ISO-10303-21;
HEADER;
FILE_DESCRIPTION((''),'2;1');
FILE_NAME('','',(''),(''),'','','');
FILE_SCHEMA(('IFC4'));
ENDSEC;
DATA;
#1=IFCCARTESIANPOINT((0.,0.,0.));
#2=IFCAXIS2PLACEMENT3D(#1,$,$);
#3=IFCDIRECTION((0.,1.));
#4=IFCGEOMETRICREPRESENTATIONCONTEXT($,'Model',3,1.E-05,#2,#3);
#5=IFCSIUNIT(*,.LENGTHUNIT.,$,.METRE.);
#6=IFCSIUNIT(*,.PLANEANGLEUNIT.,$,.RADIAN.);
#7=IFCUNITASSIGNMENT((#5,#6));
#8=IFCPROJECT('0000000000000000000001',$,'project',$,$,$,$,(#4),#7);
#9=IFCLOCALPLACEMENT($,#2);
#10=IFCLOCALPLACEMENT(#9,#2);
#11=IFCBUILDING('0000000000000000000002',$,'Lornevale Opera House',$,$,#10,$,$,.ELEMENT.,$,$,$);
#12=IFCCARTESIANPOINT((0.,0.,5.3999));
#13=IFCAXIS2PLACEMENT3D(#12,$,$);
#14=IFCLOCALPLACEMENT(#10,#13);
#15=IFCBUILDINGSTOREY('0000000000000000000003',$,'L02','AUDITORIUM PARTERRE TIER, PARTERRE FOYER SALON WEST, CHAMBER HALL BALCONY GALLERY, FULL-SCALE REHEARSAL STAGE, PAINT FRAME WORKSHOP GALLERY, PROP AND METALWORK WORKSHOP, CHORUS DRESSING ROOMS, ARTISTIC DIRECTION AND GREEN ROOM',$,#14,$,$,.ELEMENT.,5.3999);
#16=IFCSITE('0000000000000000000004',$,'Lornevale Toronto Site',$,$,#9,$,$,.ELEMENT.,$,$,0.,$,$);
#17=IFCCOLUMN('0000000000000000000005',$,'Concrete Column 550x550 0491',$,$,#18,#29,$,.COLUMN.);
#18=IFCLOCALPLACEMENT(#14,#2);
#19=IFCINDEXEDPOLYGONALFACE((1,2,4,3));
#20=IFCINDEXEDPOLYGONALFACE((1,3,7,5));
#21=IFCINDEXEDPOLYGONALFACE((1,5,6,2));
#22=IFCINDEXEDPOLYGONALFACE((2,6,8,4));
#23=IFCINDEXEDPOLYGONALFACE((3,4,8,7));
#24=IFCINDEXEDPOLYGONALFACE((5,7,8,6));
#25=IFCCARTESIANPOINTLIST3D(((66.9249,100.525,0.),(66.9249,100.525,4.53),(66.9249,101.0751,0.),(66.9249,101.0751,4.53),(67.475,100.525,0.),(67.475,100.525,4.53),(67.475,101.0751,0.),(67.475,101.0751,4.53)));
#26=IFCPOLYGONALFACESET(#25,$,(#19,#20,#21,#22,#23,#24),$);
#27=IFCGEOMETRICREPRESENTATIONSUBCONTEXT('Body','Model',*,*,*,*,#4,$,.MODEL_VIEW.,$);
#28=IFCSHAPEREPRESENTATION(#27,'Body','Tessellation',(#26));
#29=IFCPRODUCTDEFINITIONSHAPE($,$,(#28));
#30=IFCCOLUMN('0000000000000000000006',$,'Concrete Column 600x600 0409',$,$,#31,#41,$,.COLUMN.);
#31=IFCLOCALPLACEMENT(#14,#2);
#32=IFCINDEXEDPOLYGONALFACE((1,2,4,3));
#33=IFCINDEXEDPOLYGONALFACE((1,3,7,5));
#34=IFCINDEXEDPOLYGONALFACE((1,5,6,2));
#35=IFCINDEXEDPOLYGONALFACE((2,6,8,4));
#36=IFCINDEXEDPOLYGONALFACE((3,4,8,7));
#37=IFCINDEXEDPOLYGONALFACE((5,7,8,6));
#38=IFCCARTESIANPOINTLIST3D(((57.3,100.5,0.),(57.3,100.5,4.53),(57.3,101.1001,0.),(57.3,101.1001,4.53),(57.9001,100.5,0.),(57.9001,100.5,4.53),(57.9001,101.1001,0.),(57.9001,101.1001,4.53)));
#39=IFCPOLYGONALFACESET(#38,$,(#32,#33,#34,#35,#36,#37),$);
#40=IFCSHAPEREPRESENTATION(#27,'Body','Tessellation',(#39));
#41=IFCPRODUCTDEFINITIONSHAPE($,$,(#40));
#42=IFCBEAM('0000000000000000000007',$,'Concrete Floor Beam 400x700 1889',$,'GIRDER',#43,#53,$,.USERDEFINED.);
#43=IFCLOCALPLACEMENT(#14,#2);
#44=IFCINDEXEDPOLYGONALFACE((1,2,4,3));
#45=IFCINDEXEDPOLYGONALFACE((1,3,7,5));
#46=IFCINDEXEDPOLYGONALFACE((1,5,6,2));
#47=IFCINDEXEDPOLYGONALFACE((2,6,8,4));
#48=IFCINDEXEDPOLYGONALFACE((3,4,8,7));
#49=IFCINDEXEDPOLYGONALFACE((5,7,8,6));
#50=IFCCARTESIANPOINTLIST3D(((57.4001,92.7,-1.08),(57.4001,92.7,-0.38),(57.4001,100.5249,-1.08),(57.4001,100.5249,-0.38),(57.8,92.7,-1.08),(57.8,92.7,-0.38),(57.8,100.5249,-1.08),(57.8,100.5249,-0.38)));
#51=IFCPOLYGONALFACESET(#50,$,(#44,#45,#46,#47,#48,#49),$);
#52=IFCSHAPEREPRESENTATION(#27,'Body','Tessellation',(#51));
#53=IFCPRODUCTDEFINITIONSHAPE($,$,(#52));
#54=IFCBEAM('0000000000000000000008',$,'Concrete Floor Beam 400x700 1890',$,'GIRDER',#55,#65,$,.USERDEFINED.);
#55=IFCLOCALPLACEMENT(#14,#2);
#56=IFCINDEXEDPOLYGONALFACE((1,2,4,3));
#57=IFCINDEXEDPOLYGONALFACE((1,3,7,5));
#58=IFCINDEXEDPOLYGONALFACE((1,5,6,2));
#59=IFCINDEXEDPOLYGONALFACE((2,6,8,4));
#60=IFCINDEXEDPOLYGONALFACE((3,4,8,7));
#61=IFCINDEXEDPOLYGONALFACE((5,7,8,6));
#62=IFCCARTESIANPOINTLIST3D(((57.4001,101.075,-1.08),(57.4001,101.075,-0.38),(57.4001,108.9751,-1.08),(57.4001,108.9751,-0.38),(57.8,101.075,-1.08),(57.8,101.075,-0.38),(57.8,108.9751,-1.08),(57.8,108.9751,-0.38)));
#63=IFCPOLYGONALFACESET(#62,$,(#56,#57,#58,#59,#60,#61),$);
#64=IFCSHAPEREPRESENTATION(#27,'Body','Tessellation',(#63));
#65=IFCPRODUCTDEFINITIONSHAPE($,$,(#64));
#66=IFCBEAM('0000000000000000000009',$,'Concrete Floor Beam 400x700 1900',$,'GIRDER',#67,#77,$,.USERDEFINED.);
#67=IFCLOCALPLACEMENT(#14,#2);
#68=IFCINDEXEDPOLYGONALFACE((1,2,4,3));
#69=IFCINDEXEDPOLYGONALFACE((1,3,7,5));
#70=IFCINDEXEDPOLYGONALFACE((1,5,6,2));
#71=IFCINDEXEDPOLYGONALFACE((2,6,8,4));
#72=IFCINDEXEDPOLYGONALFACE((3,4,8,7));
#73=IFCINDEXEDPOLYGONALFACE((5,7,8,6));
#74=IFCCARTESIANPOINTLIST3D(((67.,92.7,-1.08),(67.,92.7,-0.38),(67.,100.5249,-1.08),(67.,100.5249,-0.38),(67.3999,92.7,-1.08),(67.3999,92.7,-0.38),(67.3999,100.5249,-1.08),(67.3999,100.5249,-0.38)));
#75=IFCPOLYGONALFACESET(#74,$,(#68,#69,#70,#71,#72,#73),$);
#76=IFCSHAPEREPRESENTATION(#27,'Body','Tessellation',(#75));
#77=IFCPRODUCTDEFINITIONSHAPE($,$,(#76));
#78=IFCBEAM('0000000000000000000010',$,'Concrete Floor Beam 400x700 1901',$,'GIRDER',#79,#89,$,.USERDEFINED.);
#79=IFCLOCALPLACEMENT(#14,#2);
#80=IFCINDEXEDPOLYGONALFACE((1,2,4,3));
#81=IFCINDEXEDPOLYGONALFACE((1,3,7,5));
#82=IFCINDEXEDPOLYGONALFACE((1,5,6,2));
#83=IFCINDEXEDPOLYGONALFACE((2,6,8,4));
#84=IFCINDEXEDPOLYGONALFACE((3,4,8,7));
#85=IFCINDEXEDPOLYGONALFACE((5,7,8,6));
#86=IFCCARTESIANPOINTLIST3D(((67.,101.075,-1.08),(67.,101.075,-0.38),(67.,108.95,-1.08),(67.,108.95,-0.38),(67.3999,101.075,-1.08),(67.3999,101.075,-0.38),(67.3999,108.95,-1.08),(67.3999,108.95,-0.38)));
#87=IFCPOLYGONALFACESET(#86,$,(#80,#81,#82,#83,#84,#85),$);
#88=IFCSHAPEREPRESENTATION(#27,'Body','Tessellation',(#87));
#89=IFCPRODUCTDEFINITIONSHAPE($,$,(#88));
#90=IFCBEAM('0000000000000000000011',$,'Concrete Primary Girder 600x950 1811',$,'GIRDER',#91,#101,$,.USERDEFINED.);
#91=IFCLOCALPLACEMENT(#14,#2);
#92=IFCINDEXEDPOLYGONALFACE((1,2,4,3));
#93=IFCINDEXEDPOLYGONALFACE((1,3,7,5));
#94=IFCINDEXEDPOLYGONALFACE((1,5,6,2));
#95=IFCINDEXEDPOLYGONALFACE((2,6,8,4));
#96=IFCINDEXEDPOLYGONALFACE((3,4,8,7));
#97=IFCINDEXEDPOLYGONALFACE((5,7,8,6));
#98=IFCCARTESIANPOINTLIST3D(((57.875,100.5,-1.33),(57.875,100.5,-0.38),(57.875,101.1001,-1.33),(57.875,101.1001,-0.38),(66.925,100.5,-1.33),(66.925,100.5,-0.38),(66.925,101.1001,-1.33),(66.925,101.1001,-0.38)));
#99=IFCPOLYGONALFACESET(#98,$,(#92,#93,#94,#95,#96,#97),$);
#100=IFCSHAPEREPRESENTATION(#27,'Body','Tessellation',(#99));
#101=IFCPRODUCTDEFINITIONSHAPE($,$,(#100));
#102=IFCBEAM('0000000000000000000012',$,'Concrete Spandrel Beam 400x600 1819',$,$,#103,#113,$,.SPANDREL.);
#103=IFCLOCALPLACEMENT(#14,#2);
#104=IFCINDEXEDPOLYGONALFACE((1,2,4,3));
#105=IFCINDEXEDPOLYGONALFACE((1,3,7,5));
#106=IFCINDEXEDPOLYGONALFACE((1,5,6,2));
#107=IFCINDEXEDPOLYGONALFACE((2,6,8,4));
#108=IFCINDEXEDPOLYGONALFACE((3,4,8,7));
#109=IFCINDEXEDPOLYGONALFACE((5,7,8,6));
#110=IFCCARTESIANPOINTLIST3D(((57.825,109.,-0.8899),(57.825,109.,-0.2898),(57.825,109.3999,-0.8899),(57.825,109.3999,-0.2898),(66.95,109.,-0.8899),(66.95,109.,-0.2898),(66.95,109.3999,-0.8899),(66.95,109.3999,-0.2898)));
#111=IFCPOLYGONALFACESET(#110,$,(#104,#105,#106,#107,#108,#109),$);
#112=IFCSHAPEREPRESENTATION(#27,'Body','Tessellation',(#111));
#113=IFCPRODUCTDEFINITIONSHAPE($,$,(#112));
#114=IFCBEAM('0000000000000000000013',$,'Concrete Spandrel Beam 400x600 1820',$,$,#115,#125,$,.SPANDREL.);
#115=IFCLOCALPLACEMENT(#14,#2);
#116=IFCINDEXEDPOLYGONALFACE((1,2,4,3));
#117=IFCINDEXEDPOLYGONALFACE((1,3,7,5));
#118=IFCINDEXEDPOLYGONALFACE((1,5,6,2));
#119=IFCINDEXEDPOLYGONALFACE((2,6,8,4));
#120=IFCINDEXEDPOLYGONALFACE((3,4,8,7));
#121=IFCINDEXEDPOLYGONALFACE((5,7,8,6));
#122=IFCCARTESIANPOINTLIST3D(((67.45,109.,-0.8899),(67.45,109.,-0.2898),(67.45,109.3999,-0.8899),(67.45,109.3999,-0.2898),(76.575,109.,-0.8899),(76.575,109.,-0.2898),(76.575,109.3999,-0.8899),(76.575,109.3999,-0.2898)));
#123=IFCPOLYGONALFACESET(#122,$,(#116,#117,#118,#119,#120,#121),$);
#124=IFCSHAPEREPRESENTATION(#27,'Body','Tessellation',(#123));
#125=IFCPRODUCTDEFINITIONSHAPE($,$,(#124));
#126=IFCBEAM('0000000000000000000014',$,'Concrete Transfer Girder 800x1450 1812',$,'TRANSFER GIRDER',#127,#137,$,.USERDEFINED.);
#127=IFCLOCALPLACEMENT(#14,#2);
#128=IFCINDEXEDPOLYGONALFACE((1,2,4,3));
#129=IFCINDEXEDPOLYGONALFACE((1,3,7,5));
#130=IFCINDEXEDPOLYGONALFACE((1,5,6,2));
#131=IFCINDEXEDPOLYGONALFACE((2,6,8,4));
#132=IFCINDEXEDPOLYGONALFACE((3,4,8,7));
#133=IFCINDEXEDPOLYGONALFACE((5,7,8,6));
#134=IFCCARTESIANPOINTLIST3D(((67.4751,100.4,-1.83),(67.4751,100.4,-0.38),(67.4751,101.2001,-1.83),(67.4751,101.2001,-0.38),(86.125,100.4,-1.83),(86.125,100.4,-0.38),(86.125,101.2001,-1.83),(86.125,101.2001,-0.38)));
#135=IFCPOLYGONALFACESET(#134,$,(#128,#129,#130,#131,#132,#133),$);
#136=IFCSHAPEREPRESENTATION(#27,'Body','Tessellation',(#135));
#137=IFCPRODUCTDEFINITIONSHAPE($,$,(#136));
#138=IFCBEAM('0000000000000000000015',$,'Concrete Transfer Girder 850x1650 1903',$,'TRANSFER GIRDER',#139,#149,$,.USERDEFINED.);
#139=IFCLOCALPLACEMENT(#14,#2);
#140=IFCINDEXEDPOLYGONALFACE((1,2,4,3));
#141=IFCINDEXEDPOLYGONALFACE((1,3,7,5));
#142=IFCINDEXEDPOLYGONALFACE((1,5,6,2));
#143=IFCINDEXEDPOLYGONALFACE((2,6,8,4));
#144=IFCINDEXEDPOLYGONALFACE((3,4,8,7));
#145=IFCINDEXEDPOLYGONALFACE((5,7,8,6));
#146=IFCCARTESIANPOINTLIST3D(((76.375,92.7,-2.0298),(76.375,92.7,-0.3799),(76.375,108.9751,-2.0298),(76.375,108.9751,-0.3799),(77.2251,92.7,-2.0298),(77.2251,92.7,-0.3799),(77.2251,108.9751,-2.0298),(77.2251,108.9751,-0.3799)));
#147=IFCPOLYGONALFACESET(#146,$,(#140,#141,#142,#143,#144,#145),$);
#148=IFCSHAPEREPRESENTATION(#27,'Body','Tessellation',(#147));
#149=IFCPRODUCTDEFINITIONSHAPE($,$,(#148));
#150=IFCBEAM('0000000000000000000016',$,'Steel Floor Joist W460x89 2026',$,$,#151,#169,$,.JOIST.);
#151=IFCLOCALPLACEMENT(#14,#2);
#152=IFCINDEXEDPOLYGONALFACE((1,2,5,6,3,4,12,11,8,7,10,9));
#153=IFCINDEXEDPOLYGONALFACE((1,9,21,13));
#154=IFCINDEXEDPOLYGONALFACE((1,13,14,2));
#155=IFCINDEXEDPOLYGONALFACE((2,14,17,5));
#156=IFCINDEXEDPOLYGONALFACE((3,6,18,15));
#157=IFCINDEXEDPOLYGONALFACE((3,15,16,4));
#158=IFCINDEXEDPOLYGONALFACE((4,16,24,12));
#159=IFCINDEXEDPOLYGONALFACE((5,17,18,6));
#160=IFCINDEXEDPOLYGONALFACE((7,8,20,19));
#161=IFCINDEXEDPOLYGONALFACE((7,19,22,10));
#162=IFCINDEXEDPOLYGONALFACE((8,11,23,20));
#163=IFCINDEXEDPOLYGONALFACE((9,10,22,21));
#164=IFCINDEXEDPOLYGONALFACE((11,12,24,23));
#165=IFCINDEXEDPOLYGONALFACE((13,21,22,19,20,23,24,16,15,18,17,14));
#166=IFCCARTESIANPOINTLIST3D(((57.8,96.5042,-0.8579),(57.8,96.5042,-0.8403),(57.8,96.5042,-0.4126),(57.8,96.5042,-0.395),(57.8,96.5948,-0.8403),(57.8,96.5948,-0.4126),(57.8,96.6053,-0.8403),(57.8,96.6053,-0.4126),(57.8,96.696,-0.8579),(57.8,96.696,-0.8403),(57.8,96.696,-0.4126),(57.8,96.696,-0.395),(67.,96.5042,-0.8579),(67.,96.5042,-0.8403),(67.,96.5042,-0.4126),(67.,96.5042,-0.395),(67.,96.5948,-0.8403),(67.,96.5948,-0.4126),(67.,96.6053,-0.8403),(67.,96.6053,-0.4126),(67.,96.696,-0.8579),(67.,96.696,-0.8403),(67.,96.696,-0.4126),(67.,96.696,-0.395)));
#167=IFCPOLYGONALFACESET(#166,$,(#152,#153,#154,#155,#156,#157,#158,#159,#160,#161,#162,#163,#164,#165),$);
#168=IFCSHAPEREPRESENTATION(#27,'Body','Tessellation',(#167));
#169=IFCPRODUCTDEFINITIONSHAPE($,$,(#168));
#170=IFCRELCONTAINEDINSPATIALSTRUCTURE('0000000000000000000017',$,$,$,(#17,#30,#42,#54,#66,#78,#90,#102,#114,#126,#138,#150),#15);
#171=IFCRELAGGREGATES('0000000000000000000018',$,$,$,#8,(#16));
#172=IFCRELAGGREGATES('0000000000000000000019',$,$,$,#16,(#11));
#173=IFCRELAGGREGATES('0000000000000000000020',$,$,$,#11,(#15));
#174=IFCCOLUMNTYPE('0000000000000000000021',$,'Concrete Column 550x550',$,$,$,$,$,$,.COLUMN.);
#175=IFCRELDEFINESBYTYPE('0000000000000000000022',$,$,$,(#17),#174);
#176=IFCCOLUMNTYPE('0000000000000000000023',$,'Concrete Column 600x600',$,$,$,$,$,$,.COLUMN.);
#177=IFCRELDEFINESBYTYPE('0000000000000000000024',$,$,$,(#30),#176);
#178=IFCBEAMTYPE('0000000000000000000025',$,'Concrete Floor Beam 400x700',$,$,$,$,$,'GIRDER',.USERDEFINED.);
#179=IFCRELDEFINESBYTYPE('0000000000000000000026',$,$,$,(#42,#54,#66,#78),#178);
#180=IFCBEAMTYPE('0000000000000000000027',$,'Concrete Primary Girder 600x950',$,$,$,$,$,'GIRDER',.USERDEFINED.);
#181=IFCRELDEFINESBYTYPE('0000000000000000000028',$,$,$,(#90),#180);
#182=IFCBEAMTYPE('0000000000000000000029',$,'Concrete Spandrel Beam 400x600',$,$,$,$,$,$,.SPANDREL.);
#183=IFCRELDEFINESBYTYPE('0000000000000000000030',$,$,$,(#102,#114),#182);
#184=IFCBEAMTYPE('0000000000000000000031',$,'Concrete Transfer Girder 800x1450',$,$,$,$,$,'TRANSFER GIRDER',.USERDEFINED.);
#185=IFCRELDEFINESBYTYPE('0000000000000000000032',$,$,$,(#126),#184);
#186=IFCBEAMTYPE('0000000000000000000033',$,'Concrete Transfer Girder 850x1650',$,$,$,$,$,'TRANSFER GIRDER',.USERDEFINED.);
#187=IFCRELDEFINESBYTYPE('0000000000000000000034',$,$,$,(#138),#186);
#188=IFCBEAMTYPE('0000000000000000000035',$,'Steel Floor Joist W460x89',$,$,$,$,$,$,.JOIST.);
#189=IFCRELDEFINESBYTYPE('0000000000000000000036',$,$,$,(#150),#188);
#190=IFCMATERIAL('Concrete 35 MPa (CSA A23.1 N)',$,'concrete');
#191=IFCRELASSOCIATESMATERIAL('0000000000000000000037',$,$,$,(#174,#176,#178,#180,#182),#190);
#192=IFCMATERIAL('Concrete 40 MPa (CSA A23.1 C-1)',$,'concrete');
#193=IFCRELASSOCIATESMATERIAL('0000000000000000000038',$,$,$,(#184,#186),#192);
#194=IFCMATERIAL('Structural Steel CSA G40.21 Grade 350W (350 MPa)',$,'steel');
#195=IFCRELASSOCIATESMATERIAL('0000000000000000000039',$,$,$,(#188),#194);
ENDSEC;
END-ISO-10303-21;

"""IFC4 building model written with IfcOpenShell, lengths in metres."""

from ifc_helpers import new_model, si_unit, direction, frame, origin, origin_2d, place, context, subcontext, project, spatial, rectangle, i_section, extrude, material, material_profile, profile_set, type_object, element, save


model = new_model("IFC4")

# Units and contexts
model_context = context("Model", 3, precision=1e-05, world=origin(), true_north=direction((0.0, 1.0)))
body_context = subcontext(model_context, "Body", "Model", "MODEL_VIEW")
ifc_project = project(units=[si_unit("LENGTHUNIT", "METRE"), si_unit("PLANEANGLEUNIT", "RADIAN")], contexts=[model_context])

# Site, building, storey
site_placement = place(None, origin())
site = spatial("IfcSite", under=ifc_project, at=site_placement, Name="Lornevale Toronto Site", CompositionType="ELEMENT", RefElevation=0.0)
building_placement = place(site_placement, origin())
building = spatial("IfcBuilding", under=site, at=building_placement, Name="Lornevale Opera House", CompositionType="ELEMENT")
storey_placement = place(building_placement, frame((0.0, 0.0, 5.3999)))
storey = spatial("IfcBuildingStorey", under=building, at=storey_placement, Name="L02", Description="AUDITORIUM PARTERRE TIER, PARTERRE FOYER SALON WEST, CHAMBER HALL BALCONY GALLERY, FULL-SCALE REHEARSAL STAGE, PAINT FRAME WORKSHOP GALLERY, PROP AND METALWORK WORKSHOP, CHORUS DRESSING ROOMS, ARTISTIC DIRECTION AND GREEN ROOM", CompositionType="ELEMENT", Elevation=5.3999)

# Columns
ifc_material_1 = material(Name="Concrete 35 MPa (CSA A23.1 N)", Category="concrete")
ifc_material_profile_1 = material_profile(ifc_material_1, rectangle(XDim=0.55, YDim=0.55, at=origin_2d()), Name="RC550x550")
ifc_profile_set_1 = profile_set([ifc_material_profile_1], Name="Concrete 35 MPa (CSA A23.1 N)")
column_type_1 = type_object("IfcColumnType", Name="Concrete Column 550x550", PredefinedType="COLUMN", material=ifc_profile_set_1)
column_1_placement = place(storey_placement, frame((67.2, 100.8, 0.0), z_axis=(0.0, 0.0, 1.0), x_axis=(1.0, 0.0, 0.0)))
element("IfcColumn", 1, at=column_1_placement, inside=storey, type_object=column_type_1, Name="Concrete Column 550x550 0491", PredefinedType="COLUMN", context=body_context, shape_type="SweptSolid", body=[
    extrude(rectangle(XDim=0.55, YDim=0.55, at=origin_2d()), origin(), (0.0, 0.0, 1.0), 4.53),
])
ifc_material_profile_2 = material_profile(ifc_material_1, rectangle(XDim=0.6001, YDim=0.6001, at=origin_2d()), Name="RC600x600")
ifc_profile_set_2 = profile_set([ifc_material_profile_2], Name="Concrete 35 MPa (CSA A23.1 N)")
column_type_2 = type_object("IfcColumnType", Name="Concrete Column 600x600", PredefinedType="COLUMN", material=ifc_profile_set_2)
column_2_placement = place(storey_placement, frame((57.6001, 100.8, 0.0), z_axis=(0.0, 0.0, 1.0), x_axis=(1.0, 0.0, 0.0)))
element("IfcColumn", 2, at=column_2_placement, inside=storey, type_object=column_type_2, Name="Concrete Column 600x600 0409", PredefinedType="COLUMN", context=body_context, shape_type="SweptSolid", body=[
    extrude(rectangle(XDim=0.6001, YDim=0.6001, at=origin_2d()), origin(), (0.0, 0.0, 1.0), 4.53),
])

# Beams
ifc_material_profile_3 = material_profile(ifc_material_1, rectangle(XDim=0.3999, YDim=0.7, at=origin_2d()), Name="RC400x700")
ifc_profile_set_3 = profile_set([ifc_material_profile_3], Name="Concrete 35 MPa (CSA A23.1 N)")
beam_type_1 = type_object("IfcBeamType", Name="Concrete Floor Beam 400x700", ElementType="GIRDER", PredefinedType="USERDEFINED", material=ifc_profile_set_3)
beam_1_placement = place(storey_placement, frame((57.6001, 92.7, -0.73), z_axis=(0.0, 1.0, 0.0), x_axis=(-1.0, 0.0, 0.0)))
element("IfcBeam", 3, at=beam_1_placement, inside=storey, type_object=beam_type_1, Name="Concrete Floor Beam 400x700 1889", ObjectType="GIRDER", PredefinedType="USERDEFINED", context=body_context, shape_type="SweptSolid", body=[
    extrude(rectangle(XDim=0.3999, YDim=0.7, at=origin_2d()), origin(), (0.0, 0.0, 1.0), 7.825),
])
beam_2_placement = place(storey_placement, frame((57.6001, 101.075, -0.73), z_axis=(0.0, 1.0, 0.0), x_axis=(-1.0, 0.0, 0.0)))
element("IfcBeam", 4, at=beam_2_placement, inside=storey, type_object=beam_type_1, Name="Concrete Floor Beam 400x700 1890", ObjectType="GIRDER", PredefinedType="USERDEFINED", context=body_context, shape_type="SweptSolid", body=[
    extrude(rectangle(XDim=0.3999, YDim=0.7, at=origin_2d()), origin(), (0.0, 0.0, 1.0), 7.9001),
])
beam_3_placement = place(storey_placement, frame((67.2, 92.7, -0.73), z_axis=(0.0, 1.0, 0.0), x_axis=(-1.0, 0.0, 0.0)))
element("IfcBeam", 5, at=beam_3_placement, inside=storey, type_object=beam_type_1, Name="Concrete Floor Beam 400x700 1900", ObjectType="GIRDER", PredefinedType="USERDEFINED", context=body_context, shape_type="SweptSolid", body=[
    extrude(rectangle(XDim=0.3999, YDim=0.7, at=origin_2d()), origin(), (0.0, 0.0, 1.0), 7.825),
])
beam_4_placement = place(storey_placement, frame((67.2, 101.075, -0.73), z_axis=(0.0, 1.0, 0.0), x_axis=(-1.0, 0.0, 0.0)))
element("IfcBeam", 6, at=beam_4_placement, inside=storey, type_object=beam_type_1, Name="Concrete Floor Beam 400x700 1901", ObjectType="GIRDER", PredefinedType="USERDEFINED", context=body_context, shape_type="SweptSolid", body=[
    extrude(rectangle(XDim=0.3999, YDim=0.7, at=origin_2d()), origin(), (0.0, 0.0, 1.0), 7.875),
])
ifc_material_profile_4 = material_profile(ifc_material_1, rectangle(XDim=0.6001, YDim=0.95, at=origin_2d()), Name="RC600x950")
ifc_profile_set_4 = profile_set([ifc_material_profile_4], Name="Concrete 35 MPa (CSA A23.1 N)")
beam_type_2 = type_object("IfcBeamType", Name="Concrete Primary Girder 600x950", ElementType="GIRDER", PredefinedType="USERDEFINED", material=ifc_profile_set_4)
beam_5_placement = place(storey_placement, frame((57.875, 100.8, -0.855), z_axis=(1.0, 0.0, 0.0), x_axis=(0.0, 1.0, 0.0)))
element("IfcBeam", 7, at=beam_5_placement, inside=storey, type_object=beam_type_2, Name="Concrete Primary Girder 600x950 1811", ObjectType="GIRDER", PredefinedType="USERDEFINED", context=body_context, shape_type="SweptSolid", body=[
    extrude(rectangle(XDim=0.6001, YDim=0.95, at=origin_2d()), origin(), (0.0, 0.0, 1.0), 9.05),
])
ifc_material_profile_5 = material_profile(ifc_material_1, rectangle(XDim=0.3999, YDim=0.6001, at=origin_2d()), Name="RC400x600")
ifc_profile_set_5 = profile_set([ifc_material_profile_5], Name="Concrete 35 MPa (CSA A23.1 N)")
beam_type_3 = type_object("IfcBeamType", Name="Concrete Spandrel Beam 400x600", PredefinedType="SPANDREL", material=ifc_profile_set_5)
for number, where, z_axis, x_axis, name in (
    (8, (57.825, 109.2, -0.5898), (1.0, 0.0, 0.0), (0.0, 1.0, 0.0), "Concrete Spandrel Beam 400x600 1819"),
    (9, (67.45, 109.2, -0.5898), (1.0, 0.0, 0.0), (0.0, 1.0, 0.0), "Concrete Spandrel Beam 400x600 1820"),
):
    element("IfcBeam", number, at=place(storey_placement, frame(where, z_axis=z_axis, x_axis=x_axis)), inside=storey, type_object=beam_type_3, Name=name, PredefinedType="SPANDREL", context=body_context, shape_type="SweptSolid", body=[
        extrude(rectangle(XDim=0.3999, YDim=0.6001, at=origin_2d()), origin(), (0.0, 0.0, 1.0), 9.125),
    ])
ifc_material_2 = material(Name="Concrete 40 MPa (CSA A23.1 C-1)", Category="concrete")
ifc_material_profile_6 = material_profile(ifc_material_2, rectangle(XDim=0.8, YDim=1.45, at=origin_2d()), Name="RC800x1450")
ifc_profile_set_6 = profile_set([ifc_material_profile_6], Name="Concrete 40 MPa (CSA A23.1 C-1)")
beam_type_4 = type_object("IfcBeamType", Name="Concrete Transfer Girder 800x1450", ElementType="TRANSFER GIRDER", PredefinedType="USERDEFINED", material=ifc_profile_set_6)
beam_6_placement = place(storey_placement, frame((67.4751, 100.8, -1.105), z_axis=(1.0, 0.0, 0.0), x_axis=(0.0, 1.0, 0.0)))
element("IfcBeam", 10, at=beam_6_placement, inside=storey, type_object=beam_type_4, Name="Concrete Transfer Girder 800x1450 1812", ObjectType="TRANSFER GIRDER", PredefinedType="USERDEFINED", context=body_context, shape_type="SweptSolid", body=[
    extrude(rectangle(XDim=0.8, YDim=1.45, at=origin_2d()), origin(), (0.0, 0.0, 1.0), 18.6499),
])
ifc_material_profile_7 = material_profile(ifc_material_2, rectangle(XDim=0.8501, YDim=1.6499, at=origin_2d()), Name="RC850x1650")
ifc_profile_set_7 = profile_set([ifc_material_profile_7], Name="Concrete 40 MPa (CSA A23.1 C-1)")
beam_type_5 = type_object("IfcBeamType", Name="Concrete Transfer Girder 850x1650", ElementType="TRANSFER GIRDER", PredefinedType="USERDEFINED", material=ifc_profile_set_7)
beam_7_placement = place(storey_placement, frame((76.8, 92.7, -1.2048), z_axis=(0.0, 1.0, 0.0), x_axis=(-1.0, 0.0, 0.0)))
element("IfcBeam", 11, at=beam_7_placement, inside=storey, type_object=beam_type_5, Name="Concrete Transfer Girder 850x1650 1903", ObjectType="TRANSFER GIRDER", PredefinedType="USERDEFINED", context=body_context, shape_type="SweptSolid", body=[
    extrude(rectangle(XDim=0.8501, YDim=1.6499, at=origin_2d()), origin(), (0.0, 0.0, 1.0), 16.2751),
])
ifc_material_3 = material(Name="Structural Steel CSA G40.21 Grade 350W (350 MPa)", Category="steel")
ifc_material_profile_8 = material_profile(ifc_material_3, i_section(OverallWidth=0.1919, OverallDepth=0.4629, WebThickness=0.0105, FlangeThickness=0.0176, at=origin_2d()), Name="W460x89")
ifc_profile_set_8 = profile_set([ifc_material_profile_8], Name="Structural Steel CSA G40.21 Grade 350W (350 MPa)")
beam_type_6 = type_object("IfcBeamType", Name="Steel Floor Joist W460x89", PredefinedType="JOIST", material=ifc_profile_set_8)
for number, where, z_axis, x_axis, name in (
    (12, (57.8, 96.6001, -0.6265), (1.0, 0.0, 0.0), (0.0, 1.0, 0.0), "Steel Floor Joist W460x89 2026"),
):
    element("IfcBeam", number, at=place(storey_placement, frame(where, z_axis=z_axis, x_axis=x_axis)), inside=storey, type_object=beam_type_6, Name=name, PredefinedType="JOIST", context=body_context, shape_type="SweptSolid", body=[
        extrude(i_section(OverallWidth=0.1919, OverallDepth=0.4629, WebThickness=0.0105, FlangeThickness=0.0176, at=origin_2d()), origin(), (0.0, 0.0, 1.0), 9.2),
    ])

save(model, "model.ifc")
